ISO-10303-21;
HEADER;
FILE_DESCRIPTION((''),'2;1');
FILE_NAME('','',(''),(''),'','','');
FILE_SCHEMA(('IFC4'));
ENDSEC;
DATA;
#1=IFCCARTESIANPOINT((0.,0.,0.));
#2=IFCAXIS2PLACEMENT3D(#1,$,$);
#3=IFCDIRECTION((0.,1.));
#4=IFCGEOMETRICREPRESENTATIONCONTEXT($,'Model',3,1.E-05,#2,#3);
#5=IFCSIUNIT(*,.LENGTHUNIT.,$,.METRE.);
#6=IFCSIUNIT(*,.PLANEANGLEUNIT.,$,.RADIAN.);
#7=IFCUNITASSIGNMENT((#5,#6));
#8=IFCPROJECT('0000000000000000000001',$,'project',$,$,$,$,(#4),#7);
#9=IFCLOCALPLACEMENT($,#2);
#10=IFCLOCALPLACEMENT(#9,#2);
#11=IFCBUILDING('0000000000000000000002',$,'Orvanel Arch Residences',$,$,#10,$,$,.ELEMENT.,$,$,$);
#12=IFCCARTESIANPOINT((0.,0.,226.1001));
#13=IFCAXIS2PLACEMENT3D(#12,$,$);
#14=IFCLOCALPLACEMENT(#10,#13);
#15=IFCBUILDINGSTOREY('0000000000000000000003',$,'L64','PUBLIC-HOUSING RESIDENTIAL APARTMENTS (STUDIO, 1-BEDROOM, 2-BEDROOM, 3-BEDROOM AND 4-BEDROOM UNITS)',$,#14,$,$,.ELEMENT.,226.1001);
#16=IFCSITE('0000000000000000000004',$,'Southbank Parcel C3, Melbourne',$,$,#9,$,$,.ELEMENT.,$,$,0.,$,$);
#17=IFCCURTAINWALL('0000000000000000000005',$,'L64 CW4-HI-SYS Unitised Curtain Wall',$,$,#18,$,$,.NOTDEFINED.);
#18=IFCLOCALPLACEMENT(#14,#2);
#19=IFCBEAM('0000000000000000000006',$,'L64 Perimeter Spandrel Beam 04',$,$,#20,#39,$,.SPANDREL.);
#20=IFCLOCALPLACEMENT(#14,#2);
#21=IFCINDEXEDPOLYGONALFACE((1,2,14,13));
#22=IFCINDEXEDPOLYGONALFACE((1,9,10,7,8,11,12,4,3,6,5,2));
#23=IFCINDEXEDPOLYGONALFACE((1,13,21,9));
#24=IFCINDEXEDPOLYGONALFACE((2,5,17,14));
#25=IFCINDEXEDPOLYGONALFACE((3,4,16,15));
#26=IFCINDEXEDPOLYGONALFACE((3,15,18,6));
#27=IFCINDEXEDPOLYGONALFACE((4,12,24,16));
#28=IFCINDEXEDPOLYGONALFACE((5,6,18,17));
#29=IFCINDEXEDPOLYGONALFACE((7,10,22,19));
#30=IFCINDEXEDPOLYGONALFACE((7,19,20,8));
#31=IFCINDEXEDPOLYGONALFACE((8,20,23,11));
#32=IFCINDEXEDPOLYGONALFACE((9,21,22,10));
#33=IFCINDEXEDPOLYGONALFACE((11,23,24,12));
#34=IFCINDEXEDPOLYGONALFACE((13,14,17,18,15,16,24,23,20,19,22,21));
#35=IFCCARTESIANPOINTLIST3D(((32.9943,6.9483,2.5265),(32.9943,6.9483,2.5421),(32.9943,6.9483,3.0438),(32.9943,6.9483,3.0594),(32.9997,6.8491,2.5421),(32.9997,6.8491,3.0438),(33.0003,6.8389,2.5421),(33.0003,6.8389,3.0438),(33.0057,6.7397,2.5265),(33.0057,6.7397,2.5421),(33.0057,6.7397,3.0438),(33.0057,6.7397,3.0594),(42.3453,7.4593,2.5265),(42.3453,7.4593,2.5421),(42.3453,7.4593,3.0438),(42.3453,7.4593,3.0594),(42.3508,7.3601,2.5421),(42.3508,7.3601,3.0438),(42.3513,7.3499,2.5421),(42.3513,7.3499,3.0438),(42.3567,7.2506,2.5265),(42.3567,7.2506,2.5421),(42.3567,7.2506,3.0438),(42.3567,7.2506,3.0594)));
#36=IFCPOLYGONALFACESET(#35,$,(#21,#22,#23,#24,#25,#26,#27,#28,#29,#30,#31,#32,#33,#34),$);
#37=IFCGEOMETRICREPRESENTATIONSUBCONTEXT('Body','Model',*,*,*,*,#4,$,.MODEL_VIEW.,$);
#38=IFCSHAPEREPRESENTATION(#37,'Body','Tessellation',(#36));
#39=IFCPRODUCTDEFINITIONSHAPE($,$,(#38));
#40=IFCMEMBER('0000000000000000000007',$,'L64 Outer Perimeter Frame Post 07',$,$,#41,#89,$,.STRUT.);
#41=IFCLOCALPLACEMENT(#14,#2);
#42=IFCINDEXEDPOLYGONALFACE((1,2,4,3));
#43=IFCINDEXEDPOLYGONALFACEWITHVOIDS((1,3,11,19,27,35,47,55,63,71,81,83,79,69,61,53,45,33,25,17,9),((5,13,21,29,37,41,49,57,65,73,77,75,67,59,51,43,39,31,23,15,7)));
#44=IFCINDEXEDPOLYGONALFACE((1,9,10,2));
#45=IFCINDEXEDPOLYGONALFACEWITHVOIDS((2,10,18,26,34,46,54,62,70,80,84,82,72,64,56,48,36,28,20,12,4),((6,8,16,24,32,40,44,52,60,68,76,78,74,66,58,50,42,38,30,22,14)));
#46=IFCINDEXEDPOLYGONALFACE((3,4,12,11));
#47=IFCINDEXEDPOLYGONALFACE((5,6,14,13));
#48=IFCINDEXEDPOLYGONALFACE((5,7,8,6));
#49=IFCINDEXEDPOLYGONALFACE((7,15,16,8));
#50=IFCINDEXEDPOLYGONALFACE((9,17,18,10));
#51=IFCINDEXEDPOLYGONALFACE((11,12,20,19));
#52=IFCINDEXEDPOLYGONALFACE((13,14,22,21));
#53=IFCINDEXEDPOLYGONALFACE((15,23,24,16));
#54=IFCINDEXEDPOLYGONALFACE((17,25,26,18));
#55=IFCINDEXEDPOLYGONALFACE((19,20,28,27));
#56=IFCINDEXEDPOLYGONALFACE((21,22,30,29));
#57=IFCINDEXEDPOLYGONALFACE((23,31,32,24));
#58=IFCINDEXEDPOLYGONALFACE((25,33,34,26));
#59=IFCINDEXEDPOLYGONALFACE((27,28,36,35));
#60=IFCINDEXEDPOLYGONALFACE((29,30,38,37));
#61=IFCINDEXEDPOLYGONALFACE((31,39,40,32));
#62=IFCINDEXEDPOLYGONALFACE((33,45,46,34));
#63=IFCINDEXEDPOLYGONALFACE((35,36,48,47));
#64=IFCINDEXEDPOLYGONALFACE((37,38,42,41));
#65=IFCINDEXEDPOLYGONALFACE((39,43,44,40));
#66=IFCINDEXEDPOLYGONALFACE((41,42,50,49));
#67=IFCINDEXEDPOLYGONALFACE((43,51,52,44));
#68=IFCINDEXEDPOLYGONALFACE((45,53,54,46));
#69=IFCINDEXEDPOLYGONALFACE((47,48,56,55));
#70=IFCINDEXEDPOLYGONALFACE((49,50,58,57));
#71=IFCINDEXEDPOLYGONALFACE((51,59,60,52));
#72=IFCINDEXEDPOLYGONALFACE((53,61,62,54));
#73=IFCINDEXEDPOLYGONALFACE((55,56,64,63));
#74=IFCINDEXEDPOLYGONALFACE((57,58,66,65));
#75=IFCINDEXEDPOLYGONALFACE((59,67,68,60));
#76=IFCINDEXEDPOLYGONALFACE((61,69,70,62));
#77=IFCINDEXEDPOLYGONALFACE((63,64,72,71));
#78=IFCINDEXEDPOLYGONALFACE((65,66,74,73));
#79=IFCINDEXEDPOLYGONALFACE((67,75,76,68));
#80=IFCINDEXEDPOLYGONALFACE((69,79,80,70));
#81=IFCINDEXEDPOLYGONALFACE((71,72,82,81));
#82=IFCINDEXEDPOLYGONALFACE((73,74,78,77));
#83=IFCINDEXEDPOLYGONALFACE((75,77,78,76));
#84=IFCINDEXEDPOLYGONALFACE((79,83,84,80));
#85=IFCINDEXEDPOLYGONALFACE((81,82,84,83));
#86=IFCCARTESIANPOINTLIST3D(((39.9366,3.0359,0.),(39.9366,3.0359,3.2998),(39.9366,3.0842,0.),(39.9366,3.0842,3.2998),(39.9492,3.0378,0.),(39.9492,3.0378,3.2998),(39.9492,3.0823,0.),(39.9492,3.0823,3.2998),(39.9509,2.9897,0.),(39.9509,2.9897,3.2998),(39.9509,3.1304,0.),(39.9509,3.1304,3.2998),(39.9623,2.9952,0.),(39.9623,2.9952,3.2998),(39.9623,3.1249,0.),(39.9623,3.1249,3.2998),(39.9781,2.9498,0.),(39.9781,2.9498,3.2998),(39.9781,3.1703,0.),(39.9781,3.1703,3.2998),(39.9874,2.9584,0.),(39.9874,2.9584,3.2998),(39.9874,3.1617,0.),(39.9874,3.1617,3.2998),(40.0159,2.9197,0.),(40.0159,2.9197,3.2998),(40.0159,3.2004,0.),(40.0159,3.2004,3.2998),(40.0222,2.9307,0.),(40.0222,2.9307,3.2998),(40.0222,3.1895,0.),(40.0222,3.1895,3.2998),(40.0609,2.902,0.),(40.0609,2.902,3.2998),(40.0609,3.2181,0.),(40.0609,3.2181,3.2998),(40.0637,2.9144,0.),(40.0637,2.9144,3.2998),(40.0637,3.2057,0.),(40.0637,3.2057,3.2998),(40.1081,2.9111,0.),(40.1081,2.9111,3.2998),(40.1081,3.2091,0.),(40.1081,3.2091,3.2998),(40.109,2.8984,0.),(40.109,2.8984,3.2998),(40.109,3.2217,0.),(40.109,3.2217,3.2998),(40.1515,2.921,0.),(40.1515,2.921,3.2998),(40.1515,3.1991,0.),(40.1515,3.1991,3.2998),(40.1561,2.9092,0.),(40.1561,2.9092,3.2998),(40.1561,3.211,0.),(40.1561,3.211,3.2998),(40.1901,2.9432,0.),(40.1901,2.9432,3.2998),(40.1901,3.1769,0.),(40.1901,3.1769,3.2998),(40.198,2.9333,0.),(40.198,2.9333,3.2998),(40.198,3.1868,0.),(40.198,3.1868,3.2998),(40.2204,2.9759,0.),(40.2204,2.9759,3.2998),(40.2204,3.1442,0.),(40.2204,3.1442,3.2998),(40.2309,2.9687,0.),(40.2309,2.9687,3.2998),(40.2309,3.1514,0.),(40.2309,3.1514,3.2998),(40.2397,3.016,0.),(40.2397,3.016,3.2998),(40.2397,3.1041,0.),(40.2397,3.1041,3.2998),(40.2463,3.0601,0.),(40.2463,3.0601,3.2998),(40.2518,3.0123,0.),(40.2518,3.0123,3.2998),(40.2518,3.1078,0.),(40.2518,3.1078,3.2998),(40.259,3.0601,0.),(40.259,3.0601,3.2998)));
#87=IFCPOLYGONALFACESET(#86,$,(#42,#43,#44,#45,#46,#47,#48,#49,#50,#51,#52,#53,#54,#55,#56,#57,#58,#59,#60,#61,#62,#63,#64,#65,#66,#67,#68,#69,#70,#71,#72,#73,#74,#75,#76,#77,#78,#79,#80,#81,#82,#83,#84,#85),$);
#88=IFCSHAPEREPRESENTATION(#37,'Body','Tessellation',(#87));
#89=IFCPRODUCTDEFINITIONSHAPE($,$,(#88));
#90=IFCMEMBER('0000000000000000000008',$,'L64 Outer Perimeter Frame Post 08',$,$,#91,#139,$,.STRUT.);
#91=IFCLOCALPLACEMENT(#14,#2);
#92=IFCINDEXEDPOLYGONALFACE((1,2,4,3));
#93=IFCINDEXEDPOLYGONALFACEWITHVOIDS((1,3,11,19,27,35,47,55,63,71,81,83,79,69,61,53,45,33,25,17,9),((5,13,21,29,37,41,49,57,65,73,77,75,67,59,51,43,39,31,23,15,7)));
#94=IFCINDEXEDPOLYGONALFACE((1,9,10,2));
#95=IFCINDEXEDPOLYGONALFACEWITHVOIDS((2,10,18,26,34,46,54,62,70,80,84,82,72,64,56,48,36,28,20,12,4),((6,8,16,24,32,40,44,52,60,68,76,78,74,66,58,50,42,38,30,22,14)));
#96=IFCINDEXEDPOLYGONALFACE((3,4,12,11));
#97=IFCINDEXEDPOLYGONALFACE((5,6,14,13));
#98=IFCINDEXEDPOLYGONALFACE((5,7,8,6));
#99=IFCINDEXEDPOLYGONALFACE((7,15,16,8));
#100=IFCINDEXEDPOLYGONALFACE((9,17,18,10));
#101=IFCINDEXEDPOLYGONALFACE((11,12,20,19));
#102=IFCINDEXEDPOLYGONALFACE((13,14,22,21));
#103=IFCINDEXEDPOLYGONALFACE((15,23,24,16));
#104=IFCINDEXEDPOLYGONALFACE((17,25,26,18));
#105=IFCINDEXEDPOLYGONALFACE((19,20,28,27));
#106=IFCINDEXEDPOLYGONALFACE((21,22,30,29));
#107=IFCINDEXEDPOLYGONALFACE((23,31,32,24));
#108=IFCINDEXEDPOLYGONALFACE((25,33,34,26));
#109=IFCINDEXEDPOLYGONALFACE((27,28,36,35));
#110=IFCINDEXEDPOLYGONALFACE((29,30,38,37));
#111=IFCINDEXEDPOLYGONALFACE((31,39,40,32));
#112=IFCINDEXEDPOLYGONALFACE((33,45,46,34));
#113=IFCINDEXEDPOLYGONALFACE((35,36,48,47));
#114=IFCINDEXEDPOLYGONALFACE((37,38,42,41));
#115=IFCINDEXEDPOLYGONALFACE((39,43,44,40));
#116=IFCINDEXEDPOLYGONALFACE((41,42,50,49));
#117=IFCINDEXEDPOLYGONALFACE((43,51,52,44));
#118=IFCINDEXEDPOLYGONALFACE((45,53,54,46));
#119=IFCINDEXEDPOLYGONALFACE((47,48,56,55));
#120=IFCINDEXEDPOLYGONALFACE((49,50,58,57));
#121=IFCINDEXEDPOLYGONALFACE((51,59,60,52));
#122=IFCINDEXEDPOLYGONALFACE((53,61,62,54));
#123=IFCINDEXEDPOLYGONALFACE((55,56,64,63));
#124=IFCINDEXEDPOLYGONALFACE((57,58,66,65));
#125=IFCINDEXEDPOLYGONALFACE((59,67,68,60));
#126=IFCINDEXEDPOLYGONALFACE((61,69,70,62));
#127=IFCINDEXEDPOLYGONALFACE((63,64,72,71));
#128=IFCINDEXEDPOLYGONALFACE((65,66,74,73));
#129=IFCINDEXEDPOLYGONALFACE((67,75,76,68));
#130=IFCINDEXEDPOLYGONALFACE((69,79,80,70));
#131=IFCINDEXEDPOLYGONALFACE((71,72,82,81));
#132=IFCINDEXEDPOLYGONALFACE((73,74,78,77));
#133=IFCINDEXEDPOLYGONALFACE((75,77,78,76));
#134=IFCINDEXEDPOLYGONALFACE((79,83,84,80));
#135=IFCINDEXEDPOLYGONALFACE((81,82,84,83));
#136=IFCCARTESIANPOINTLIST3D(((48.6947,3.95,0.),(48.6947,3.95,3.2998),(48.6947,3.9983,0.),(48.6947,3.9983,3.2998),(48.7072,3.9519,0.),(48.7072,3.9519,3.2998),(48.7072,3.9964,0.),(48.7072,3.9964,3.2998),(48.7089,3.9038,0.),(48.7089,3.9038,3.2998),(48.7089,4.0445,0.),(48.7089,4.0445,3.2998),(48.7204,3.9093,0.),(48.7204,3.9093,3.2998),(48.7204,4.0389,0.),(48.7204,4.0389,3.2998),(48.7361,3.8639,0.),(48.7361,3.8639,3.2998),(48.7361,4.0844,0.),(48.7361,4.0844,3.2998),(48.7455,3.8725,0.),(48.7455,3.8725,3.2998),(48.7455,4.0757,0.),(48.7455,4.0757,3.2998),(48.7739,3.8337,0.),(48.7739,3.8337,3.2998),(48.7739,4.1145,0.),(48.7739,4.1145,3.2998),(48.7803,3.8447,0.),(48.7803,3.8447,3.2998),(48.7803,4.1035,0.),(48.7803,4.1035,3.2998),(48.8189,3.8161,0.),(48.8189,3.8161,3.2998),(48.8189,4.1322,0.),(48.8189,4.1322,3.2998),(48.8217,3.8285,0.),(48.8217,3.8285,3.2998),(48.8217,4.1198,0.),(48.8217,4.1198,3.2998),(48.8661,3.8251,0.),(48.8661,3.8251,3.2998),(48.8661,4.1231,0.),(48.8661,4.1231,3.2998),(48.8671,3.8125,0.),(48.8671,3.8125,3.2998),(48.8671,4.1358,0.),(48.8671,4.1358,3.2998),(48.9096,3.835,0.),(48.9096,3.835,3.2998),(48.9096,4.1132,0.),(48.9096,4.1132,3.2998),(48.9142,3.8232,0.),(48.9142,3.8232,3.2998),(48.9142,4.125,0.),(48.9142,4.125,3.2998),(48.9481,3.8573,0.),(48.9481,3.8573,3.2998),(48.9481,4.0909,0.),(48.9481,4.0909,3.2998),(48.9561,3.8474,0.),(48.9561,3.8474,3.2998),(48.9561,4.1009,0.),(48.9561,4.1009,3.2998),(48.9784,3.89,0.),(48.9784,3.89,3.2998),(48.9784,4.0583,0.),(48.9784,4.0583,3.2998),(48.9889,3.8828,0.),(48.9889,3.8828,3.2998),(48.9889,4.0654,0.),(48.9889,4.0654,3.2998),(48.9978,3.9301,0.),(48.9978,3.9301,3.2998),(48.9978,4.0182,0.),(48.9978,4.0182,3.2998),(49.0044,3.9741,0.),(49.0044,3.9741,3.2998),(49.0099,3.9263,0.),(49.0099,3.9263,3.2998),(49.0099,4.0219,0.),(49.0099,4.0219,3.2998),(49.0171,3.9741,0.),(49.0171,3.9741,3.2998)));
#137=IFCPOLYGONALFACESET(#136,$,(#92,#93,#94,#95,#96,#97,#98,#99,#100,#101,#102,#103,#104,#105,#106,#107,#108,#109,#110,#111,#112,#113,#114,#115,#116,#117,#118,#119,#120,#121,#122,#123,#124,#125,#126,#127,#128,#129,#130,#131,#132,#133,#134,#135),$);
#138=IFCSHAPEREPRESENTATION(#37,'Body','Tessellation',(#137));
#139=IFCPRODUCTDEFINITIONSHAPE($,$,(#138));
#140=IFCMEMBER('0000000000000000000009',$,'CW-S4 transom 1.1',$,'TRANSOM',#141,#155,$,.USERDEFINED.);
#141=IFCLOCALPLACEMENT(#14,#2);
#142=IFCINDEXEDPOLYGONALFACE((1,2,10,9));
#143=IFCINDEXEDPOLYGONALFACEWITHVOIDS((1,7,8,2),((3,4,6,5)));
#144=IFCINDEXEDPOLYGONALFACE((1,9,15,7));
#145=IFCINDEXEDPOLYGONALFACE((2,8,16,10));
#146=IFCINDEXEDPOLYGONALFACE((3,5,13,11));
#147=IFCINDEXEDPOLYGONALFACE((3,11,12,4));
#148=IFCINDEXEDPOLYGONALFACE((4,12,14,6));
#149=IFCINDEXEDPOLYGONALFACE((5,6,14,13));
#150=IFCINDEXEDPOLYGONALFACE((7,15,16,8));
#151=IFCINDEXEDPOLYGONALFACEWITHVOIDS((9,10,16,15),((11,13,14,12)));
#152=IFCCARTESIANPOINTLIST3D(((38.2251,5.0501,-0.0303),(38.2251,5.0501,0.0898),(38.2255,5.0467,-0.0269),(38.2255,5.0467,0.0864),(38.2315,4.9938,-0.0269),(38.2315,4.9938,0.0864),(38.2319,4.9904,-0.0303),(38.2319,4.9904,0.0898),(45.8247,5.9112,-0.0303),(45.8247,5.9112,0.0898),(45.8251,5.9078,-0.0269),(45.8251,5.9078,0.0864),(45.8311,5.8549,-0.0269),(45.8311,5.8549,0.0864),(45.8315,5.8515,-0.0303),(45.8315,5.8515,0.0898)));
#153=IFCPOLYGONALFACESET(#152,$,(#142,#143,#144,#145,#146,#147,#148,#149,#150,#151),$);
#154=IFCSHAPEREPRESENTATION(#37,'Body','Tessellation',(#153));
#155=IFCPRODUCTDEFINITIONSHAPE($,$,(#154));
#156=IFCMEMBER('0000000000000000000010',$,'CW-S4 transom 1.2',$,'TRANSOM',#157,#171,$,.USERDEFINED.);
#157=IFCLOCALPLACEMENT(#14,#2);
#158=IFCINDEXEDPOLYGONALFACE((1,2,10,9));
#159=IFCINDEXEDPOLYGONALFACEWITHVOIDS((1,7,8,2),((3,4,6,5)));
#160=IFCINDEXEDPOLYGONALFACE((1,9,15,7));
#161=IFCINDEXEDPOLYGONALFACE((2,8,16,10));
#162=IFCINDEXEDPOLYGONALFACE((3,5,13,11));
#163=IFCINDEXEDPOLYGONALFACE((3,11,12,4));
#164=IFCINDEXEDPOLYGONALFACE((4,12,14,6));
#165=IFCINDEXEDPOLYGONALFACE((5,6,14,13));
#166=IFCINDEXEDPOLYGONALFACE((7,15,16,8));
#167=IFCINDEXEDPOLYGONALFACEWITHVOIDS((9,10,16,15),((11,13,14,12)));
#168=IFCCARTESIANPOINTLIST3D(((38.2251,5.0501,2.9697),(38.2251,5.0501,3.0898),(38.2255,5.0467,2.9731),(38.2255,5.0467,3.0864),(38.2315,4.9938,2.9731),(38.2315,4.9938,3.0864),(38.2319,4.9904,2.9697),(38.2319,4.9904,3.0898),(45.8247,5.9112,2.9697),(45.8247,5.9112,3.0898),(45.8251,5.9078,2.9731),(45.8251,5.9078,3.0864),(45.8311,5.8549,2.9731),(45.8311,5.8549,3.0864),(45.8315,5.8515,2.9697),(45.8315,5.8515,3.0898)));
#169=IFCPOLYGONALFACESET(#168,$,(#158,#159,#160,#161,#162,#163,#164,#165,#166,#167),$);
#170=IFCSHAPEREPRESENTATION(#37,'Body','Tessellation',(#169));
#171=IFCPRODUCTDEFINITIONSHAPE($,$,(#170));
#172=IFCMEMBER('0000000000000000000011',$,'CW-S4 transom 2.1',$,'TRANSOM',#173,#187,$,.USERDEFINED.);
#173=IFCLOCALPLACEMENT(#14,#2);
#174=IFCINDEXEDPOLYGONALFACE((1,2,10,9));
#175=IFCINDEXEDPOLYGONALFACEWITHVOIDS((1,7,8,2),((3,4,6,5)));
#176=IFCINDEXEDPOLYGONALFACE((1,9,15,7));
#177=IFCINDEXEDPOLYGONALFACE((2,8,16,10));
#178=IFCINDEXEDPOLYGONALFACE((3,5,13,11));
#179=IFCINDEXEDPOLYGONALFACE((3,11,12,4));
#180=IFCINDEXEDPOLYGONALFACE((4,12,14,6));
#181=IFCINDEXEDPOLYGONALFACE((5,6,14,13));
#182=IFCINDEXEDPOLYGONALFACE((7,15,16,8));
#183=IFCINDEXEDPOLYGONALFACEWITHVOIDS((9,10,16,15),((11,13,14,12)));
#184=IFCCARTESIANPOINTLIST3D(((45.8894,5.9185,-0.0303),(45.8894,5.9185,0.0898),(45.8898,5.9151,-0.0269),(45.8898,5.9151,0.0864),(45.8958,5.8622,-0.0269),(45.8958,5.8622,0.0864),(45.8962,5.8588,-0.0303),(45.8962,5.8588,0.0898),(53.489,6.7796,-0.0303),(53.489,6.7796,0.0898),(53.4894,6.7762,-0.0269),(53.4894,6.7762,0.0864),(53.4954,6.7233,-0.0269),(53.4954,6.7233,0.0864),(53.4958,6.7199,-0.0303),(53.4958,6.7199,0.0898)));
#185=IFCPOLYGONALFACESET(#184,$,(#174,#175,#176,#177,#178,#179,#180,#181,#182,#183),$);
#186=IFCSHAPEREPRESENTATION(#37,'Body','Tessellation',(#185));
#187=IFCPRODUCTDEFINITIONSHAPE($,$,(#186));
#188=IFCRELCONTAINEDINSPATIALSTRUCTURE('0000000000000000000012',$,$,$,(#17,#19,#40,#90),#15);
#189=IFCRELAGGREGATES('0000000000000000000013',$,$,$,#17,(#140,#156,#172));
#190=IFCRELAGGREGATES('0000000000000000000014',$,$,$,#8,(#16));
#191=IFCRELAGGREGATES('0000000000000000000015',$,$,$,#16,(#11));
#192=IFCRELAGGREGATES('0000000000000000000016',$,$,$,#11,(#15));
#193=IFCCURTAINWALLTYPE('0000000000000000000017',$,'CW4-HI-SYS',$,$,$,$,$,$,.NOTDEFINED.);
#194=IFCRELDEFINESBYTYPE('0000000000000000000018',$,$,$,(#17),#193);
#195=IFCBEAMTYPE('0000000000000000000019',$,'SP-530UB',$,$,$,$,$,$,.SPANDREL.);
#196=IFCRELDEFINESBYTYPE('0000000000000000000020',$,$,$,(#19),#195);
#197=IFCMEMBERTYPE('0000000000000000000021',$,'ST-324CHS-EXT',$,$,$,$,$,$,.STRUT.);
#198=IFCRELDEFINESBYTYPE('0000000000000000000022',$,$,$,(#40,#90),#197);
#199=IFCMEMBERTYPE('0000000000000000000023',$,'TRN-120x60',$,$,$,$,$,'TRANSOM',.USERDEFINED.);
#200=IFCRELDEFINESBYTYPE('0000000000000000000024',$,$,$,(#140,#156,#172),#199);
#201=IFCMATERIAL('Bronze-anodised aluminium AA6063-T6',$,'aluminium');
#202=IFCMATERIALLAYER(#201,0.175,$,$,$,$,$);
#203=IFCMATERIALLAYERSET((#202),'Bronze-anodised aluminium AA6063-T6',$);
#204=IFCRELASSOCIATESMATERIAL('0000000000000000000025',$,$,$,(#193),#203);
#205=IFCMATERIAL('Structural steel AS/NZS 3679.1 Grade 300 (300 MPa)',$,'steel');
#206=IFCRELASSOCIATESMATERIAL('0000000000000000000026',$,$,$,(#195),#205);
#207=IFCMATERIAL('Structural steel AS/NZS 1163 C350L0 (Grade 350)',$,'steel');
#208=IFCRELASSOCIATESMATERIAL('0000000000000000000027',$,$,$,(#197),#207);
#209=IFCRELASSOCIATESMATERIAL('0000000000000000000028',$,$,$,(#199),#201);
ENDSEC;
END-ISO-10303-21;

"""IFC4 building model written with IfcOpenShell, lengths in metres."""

from ifc_helpers import new_model, si_unit, direction, frame, origin, origin_2d, place, context, subcontext, project, spatial, hollow_rectangle, hollow_circle, i_section, extrude, material, layer, layer_set, material_profile, profile_set, type_object, element, aggregate, save


model = new_model("IFC4")

# Units and contexts
model_context = context("Model", 3, precision=1e-05, world=origin(), true_north=direction((0.0, 1.0)))
body_context = subcontext(model_context, "Body", "Model", "MODEL_VIEW")
ifc_project = project(units=[si_unit("LENGTHUNIT", "METRE"), si_unit("PLANEANGLEUNIT", "RADIAN")], contexts=[model_context])

# Site, building, storey
site_placement = place(None, origin())
site = spatial("IfcSite", under=ifc_project, at=site_placement, Name="Southbank Parcel C3, Melbourne", CompositionType="ELEMENT", RefElevation=0.0)
building_placement = place(site_placement, origin())
building = spatial("IfcBuilding", under=site, at=building_placement, Name="Orvanel Arch Residences", CompositionType="ELEMENT")
storey_placement = place(building_placement, frame((0.0, 0.0, 226.1001)))
storey = spatial("IfcBuildingStorey", under=building, at=storey_placement, Name="L64", Description="PUBLIC-HOUSING RESIDENTIAL APARTMENTS (STUDIO, 1-BEDROOM, 2-BEDROOM, 3-BEDROOM AND 4-BEDROOM UNITS)", CompositionType="ELEMENT", Elevation=226.1001)

# Shared definitions
ifc_material_1 = material(Name="Structural steel AS/NZS 1163 C350L0 (Grade 350)", Category="steel")

# Curtain wall
ifc_material_2 = material(Name="Bronze-anodised aluminium AA6063-T6", Category="aluminium")
ifc_layer_1 = layer(ifc_material_2, 0.175)
ifc_layer_set_1 = layer_set([ifc_layer_1], Name="Bronze-anodised aluminium AA6063-T6")
curtain_wall_type = type_object("IfcCurtainWallType", Name="CW4-HI-SYS", PredefinedType="NOTDEFINED", material=ifc_layer_set_1)
curtain_wall_placement = place(storey_placement, origin())
curtain_wall = element("IfcCurtainWall", 1, at=curtain_wall_placement, inside=storey, type_object=curtain_wall_type, Name="L64 CW4-HI-SYS Unitised Curtain Wall", PredefinedType="NOTDEFINED")

# Beam
ifc_material_3 = material(Name="Structural steel AS/NZS 3679.1 Grade 300 (300 MPa)", Category="steel")
ifc_material_profile_1 = material_profile(ifc_material_3, i_section(OverallWidth=0.209, OverallDepth=0.533, WebThickness=0.0103, FlangeThickness=0.0156, at=origin_2d()), Name="530UB92.4")
ifc_profile_set_1 = profile_set([ifc_material_profile_1], Name="Structural steel AS/NZS 3679.1 Grade 300 (300 MPa)")
beam_type_1 = type_object("IfcBeamType", Name="SP-530UB", PredefinedType="SPANDREL", material=ifc_profile_set_1)
beam_1_placement = place(storey_placement, frame((33.0, 6.844, 2.793), z_axis=(0.99851, 0.054563, 0.0), x_axis=(-0.054563, 0.99851, 0.0)))
element("IfcBeam", 2, at=beam_1_placement, inside=storey, type_object=beam_type_1, Name="L64 Perimeter Spandrel Beam 04", PredefinedType="SPANDREL", context=body_context, shape_type="SweptSolid", body=[
    extrude(i_section(OverallWidth=0.209, OverallDepth=0.533, WebThickness=0.0103, FlangeThickness=0.0156, at=origin_2d()), origin(), (0.0, 0.0, 1.0), 9.365),
])

# Members
ifc_material_profile_2 = material_profile(ifc_material_1, hollow_circle(Radius=0.1621, WallThickness=0.0127, at=origin_2d()), Name="CHS324x12.7")
ifc_profile_set_2 = profile_set([ifc_material_profile_2], Name="Structural steel AS/NZS 1163 C350L0 (Grade 350)")
member_type_1 = type_object("IfcMemberType", Name="ST-324CHS-EXT", PredefinedType="STRUT", material=ifc_profile_set_2)
for number, where, z_axis, x_axis, name in (
    (3, (40.0969, 3.0601, 0.0), (0.0, 0.0, 1.0), (1.0, 0.0, 0.0), "L64 Outer Perimeter Frame Post 07"),
    (4, (48.855, 3.9741, 0.0), (0.0, 0.0, 1.0), (1.0, 0.0, 0.0), "L64 Outer Perimeter Frame Post 08"),
):
    element("IfcMember", number, at=place(storey_placement, frame(where, z_axis=z_axis, x_axis=x_axis)), inside=storey, type_object=member_type_1, Name=name, PredefinedType="STRUT", context=body_context, shape_type="SweptSolid", body=[
        extrude(hollow_circle(Radius=0.1621, WallThickness=0.0127, at=origin_2d()), origin(), (0.0, 0.0, 1.0), 3.2998),
    ])

# Members
ifc_material_profile_3 = material_profile(ifc_material_2, hollow_rectangle(XDim=0.0601, YDim=0.1201, WallThickness=0.0034, at=origin_2d()), Name="ALU120x60x3.5")
ifc_profile_set_3 = profile_set([ifc_material_profile_3], Name="Bronze-anodised aluminium AA6063-T6")
member_type_2 = type_object("IfcMemberType", Name="TRN-120x60", ElementType="TRANSOM", PredefinedType="USERDEFINED", material=ifc_profile_set_3)
member_1_placement = place(storey_placement, frame((38.2285, 5.0203, 0.0298), z_axis=(0.993642, 0.112586, 0.0), x_axis=(-0.112586, 0.993642, 0.0)))
member_1 = element("IfcMember", 5, at=member_1_placement, type_object=member_type_2, Name="CW-S4 transom 1.1", ObjectType="TRANSOM", PredefinedType="USERDEFINED", context=body_context, shape_type="SweptSolid", body=[
    extrude(hollow_rectangle(XDim=0.0601, YDim=0.1201, WallThickness=0.0034, at=origin_2d()), origin(), (0.0, 0.0, 1.0), 7.6482),
])
member_2_placement = place(storey_placement, frame((38.2285, 5.0203, 3.0298), z_axis=(0.993642, 0.112586, 0.0), x_axis=(-0.112586, 0.993642, 0.0)))
member_2 = element("IfcMember", 6, at=member_2_placement, type_object=member_type_2, Name="CW-S4 transom 1.2", ObjectType="TRANSOM", PredefinedType="USERDEFINED", context=body_context, shape_type="SweptSolid", body=[
    extrude(hollow_rectangle(XDim=0.0601, YDim=0.1201, WallThickness=0.0034, at=origin_2d()), origin(), (0.0, 0.0, 1.0), 7.6482),
])
member_3_placement = place(storey_placement, frame((45.8928, 5.8887, 0.0298), z_axis=(0.993642, 0.112586, 0.0), x_axis=(-0.112586, 0.993642, 0.0)))
member_3 = element("IfcMember", 7, at=member_3_placement, type_object=member_type_2, Name="CW-S4 transom 2.1", ObjectType="TRANSOM", PredefinedType="USERDEFINED", context=body_context, shape_type="SweptSolid", body=[
    extrude(hollow_rectangle(XDim=0.0601, YDim=0.1201, WallThickness=0.0034, at=origin_2d()), origin(), (0.0, 0.0, 1.0), 7.6482),
])

aggregate(curtain_wall, [member_1, member_2, member_3])

save(model, "model.ifc")
